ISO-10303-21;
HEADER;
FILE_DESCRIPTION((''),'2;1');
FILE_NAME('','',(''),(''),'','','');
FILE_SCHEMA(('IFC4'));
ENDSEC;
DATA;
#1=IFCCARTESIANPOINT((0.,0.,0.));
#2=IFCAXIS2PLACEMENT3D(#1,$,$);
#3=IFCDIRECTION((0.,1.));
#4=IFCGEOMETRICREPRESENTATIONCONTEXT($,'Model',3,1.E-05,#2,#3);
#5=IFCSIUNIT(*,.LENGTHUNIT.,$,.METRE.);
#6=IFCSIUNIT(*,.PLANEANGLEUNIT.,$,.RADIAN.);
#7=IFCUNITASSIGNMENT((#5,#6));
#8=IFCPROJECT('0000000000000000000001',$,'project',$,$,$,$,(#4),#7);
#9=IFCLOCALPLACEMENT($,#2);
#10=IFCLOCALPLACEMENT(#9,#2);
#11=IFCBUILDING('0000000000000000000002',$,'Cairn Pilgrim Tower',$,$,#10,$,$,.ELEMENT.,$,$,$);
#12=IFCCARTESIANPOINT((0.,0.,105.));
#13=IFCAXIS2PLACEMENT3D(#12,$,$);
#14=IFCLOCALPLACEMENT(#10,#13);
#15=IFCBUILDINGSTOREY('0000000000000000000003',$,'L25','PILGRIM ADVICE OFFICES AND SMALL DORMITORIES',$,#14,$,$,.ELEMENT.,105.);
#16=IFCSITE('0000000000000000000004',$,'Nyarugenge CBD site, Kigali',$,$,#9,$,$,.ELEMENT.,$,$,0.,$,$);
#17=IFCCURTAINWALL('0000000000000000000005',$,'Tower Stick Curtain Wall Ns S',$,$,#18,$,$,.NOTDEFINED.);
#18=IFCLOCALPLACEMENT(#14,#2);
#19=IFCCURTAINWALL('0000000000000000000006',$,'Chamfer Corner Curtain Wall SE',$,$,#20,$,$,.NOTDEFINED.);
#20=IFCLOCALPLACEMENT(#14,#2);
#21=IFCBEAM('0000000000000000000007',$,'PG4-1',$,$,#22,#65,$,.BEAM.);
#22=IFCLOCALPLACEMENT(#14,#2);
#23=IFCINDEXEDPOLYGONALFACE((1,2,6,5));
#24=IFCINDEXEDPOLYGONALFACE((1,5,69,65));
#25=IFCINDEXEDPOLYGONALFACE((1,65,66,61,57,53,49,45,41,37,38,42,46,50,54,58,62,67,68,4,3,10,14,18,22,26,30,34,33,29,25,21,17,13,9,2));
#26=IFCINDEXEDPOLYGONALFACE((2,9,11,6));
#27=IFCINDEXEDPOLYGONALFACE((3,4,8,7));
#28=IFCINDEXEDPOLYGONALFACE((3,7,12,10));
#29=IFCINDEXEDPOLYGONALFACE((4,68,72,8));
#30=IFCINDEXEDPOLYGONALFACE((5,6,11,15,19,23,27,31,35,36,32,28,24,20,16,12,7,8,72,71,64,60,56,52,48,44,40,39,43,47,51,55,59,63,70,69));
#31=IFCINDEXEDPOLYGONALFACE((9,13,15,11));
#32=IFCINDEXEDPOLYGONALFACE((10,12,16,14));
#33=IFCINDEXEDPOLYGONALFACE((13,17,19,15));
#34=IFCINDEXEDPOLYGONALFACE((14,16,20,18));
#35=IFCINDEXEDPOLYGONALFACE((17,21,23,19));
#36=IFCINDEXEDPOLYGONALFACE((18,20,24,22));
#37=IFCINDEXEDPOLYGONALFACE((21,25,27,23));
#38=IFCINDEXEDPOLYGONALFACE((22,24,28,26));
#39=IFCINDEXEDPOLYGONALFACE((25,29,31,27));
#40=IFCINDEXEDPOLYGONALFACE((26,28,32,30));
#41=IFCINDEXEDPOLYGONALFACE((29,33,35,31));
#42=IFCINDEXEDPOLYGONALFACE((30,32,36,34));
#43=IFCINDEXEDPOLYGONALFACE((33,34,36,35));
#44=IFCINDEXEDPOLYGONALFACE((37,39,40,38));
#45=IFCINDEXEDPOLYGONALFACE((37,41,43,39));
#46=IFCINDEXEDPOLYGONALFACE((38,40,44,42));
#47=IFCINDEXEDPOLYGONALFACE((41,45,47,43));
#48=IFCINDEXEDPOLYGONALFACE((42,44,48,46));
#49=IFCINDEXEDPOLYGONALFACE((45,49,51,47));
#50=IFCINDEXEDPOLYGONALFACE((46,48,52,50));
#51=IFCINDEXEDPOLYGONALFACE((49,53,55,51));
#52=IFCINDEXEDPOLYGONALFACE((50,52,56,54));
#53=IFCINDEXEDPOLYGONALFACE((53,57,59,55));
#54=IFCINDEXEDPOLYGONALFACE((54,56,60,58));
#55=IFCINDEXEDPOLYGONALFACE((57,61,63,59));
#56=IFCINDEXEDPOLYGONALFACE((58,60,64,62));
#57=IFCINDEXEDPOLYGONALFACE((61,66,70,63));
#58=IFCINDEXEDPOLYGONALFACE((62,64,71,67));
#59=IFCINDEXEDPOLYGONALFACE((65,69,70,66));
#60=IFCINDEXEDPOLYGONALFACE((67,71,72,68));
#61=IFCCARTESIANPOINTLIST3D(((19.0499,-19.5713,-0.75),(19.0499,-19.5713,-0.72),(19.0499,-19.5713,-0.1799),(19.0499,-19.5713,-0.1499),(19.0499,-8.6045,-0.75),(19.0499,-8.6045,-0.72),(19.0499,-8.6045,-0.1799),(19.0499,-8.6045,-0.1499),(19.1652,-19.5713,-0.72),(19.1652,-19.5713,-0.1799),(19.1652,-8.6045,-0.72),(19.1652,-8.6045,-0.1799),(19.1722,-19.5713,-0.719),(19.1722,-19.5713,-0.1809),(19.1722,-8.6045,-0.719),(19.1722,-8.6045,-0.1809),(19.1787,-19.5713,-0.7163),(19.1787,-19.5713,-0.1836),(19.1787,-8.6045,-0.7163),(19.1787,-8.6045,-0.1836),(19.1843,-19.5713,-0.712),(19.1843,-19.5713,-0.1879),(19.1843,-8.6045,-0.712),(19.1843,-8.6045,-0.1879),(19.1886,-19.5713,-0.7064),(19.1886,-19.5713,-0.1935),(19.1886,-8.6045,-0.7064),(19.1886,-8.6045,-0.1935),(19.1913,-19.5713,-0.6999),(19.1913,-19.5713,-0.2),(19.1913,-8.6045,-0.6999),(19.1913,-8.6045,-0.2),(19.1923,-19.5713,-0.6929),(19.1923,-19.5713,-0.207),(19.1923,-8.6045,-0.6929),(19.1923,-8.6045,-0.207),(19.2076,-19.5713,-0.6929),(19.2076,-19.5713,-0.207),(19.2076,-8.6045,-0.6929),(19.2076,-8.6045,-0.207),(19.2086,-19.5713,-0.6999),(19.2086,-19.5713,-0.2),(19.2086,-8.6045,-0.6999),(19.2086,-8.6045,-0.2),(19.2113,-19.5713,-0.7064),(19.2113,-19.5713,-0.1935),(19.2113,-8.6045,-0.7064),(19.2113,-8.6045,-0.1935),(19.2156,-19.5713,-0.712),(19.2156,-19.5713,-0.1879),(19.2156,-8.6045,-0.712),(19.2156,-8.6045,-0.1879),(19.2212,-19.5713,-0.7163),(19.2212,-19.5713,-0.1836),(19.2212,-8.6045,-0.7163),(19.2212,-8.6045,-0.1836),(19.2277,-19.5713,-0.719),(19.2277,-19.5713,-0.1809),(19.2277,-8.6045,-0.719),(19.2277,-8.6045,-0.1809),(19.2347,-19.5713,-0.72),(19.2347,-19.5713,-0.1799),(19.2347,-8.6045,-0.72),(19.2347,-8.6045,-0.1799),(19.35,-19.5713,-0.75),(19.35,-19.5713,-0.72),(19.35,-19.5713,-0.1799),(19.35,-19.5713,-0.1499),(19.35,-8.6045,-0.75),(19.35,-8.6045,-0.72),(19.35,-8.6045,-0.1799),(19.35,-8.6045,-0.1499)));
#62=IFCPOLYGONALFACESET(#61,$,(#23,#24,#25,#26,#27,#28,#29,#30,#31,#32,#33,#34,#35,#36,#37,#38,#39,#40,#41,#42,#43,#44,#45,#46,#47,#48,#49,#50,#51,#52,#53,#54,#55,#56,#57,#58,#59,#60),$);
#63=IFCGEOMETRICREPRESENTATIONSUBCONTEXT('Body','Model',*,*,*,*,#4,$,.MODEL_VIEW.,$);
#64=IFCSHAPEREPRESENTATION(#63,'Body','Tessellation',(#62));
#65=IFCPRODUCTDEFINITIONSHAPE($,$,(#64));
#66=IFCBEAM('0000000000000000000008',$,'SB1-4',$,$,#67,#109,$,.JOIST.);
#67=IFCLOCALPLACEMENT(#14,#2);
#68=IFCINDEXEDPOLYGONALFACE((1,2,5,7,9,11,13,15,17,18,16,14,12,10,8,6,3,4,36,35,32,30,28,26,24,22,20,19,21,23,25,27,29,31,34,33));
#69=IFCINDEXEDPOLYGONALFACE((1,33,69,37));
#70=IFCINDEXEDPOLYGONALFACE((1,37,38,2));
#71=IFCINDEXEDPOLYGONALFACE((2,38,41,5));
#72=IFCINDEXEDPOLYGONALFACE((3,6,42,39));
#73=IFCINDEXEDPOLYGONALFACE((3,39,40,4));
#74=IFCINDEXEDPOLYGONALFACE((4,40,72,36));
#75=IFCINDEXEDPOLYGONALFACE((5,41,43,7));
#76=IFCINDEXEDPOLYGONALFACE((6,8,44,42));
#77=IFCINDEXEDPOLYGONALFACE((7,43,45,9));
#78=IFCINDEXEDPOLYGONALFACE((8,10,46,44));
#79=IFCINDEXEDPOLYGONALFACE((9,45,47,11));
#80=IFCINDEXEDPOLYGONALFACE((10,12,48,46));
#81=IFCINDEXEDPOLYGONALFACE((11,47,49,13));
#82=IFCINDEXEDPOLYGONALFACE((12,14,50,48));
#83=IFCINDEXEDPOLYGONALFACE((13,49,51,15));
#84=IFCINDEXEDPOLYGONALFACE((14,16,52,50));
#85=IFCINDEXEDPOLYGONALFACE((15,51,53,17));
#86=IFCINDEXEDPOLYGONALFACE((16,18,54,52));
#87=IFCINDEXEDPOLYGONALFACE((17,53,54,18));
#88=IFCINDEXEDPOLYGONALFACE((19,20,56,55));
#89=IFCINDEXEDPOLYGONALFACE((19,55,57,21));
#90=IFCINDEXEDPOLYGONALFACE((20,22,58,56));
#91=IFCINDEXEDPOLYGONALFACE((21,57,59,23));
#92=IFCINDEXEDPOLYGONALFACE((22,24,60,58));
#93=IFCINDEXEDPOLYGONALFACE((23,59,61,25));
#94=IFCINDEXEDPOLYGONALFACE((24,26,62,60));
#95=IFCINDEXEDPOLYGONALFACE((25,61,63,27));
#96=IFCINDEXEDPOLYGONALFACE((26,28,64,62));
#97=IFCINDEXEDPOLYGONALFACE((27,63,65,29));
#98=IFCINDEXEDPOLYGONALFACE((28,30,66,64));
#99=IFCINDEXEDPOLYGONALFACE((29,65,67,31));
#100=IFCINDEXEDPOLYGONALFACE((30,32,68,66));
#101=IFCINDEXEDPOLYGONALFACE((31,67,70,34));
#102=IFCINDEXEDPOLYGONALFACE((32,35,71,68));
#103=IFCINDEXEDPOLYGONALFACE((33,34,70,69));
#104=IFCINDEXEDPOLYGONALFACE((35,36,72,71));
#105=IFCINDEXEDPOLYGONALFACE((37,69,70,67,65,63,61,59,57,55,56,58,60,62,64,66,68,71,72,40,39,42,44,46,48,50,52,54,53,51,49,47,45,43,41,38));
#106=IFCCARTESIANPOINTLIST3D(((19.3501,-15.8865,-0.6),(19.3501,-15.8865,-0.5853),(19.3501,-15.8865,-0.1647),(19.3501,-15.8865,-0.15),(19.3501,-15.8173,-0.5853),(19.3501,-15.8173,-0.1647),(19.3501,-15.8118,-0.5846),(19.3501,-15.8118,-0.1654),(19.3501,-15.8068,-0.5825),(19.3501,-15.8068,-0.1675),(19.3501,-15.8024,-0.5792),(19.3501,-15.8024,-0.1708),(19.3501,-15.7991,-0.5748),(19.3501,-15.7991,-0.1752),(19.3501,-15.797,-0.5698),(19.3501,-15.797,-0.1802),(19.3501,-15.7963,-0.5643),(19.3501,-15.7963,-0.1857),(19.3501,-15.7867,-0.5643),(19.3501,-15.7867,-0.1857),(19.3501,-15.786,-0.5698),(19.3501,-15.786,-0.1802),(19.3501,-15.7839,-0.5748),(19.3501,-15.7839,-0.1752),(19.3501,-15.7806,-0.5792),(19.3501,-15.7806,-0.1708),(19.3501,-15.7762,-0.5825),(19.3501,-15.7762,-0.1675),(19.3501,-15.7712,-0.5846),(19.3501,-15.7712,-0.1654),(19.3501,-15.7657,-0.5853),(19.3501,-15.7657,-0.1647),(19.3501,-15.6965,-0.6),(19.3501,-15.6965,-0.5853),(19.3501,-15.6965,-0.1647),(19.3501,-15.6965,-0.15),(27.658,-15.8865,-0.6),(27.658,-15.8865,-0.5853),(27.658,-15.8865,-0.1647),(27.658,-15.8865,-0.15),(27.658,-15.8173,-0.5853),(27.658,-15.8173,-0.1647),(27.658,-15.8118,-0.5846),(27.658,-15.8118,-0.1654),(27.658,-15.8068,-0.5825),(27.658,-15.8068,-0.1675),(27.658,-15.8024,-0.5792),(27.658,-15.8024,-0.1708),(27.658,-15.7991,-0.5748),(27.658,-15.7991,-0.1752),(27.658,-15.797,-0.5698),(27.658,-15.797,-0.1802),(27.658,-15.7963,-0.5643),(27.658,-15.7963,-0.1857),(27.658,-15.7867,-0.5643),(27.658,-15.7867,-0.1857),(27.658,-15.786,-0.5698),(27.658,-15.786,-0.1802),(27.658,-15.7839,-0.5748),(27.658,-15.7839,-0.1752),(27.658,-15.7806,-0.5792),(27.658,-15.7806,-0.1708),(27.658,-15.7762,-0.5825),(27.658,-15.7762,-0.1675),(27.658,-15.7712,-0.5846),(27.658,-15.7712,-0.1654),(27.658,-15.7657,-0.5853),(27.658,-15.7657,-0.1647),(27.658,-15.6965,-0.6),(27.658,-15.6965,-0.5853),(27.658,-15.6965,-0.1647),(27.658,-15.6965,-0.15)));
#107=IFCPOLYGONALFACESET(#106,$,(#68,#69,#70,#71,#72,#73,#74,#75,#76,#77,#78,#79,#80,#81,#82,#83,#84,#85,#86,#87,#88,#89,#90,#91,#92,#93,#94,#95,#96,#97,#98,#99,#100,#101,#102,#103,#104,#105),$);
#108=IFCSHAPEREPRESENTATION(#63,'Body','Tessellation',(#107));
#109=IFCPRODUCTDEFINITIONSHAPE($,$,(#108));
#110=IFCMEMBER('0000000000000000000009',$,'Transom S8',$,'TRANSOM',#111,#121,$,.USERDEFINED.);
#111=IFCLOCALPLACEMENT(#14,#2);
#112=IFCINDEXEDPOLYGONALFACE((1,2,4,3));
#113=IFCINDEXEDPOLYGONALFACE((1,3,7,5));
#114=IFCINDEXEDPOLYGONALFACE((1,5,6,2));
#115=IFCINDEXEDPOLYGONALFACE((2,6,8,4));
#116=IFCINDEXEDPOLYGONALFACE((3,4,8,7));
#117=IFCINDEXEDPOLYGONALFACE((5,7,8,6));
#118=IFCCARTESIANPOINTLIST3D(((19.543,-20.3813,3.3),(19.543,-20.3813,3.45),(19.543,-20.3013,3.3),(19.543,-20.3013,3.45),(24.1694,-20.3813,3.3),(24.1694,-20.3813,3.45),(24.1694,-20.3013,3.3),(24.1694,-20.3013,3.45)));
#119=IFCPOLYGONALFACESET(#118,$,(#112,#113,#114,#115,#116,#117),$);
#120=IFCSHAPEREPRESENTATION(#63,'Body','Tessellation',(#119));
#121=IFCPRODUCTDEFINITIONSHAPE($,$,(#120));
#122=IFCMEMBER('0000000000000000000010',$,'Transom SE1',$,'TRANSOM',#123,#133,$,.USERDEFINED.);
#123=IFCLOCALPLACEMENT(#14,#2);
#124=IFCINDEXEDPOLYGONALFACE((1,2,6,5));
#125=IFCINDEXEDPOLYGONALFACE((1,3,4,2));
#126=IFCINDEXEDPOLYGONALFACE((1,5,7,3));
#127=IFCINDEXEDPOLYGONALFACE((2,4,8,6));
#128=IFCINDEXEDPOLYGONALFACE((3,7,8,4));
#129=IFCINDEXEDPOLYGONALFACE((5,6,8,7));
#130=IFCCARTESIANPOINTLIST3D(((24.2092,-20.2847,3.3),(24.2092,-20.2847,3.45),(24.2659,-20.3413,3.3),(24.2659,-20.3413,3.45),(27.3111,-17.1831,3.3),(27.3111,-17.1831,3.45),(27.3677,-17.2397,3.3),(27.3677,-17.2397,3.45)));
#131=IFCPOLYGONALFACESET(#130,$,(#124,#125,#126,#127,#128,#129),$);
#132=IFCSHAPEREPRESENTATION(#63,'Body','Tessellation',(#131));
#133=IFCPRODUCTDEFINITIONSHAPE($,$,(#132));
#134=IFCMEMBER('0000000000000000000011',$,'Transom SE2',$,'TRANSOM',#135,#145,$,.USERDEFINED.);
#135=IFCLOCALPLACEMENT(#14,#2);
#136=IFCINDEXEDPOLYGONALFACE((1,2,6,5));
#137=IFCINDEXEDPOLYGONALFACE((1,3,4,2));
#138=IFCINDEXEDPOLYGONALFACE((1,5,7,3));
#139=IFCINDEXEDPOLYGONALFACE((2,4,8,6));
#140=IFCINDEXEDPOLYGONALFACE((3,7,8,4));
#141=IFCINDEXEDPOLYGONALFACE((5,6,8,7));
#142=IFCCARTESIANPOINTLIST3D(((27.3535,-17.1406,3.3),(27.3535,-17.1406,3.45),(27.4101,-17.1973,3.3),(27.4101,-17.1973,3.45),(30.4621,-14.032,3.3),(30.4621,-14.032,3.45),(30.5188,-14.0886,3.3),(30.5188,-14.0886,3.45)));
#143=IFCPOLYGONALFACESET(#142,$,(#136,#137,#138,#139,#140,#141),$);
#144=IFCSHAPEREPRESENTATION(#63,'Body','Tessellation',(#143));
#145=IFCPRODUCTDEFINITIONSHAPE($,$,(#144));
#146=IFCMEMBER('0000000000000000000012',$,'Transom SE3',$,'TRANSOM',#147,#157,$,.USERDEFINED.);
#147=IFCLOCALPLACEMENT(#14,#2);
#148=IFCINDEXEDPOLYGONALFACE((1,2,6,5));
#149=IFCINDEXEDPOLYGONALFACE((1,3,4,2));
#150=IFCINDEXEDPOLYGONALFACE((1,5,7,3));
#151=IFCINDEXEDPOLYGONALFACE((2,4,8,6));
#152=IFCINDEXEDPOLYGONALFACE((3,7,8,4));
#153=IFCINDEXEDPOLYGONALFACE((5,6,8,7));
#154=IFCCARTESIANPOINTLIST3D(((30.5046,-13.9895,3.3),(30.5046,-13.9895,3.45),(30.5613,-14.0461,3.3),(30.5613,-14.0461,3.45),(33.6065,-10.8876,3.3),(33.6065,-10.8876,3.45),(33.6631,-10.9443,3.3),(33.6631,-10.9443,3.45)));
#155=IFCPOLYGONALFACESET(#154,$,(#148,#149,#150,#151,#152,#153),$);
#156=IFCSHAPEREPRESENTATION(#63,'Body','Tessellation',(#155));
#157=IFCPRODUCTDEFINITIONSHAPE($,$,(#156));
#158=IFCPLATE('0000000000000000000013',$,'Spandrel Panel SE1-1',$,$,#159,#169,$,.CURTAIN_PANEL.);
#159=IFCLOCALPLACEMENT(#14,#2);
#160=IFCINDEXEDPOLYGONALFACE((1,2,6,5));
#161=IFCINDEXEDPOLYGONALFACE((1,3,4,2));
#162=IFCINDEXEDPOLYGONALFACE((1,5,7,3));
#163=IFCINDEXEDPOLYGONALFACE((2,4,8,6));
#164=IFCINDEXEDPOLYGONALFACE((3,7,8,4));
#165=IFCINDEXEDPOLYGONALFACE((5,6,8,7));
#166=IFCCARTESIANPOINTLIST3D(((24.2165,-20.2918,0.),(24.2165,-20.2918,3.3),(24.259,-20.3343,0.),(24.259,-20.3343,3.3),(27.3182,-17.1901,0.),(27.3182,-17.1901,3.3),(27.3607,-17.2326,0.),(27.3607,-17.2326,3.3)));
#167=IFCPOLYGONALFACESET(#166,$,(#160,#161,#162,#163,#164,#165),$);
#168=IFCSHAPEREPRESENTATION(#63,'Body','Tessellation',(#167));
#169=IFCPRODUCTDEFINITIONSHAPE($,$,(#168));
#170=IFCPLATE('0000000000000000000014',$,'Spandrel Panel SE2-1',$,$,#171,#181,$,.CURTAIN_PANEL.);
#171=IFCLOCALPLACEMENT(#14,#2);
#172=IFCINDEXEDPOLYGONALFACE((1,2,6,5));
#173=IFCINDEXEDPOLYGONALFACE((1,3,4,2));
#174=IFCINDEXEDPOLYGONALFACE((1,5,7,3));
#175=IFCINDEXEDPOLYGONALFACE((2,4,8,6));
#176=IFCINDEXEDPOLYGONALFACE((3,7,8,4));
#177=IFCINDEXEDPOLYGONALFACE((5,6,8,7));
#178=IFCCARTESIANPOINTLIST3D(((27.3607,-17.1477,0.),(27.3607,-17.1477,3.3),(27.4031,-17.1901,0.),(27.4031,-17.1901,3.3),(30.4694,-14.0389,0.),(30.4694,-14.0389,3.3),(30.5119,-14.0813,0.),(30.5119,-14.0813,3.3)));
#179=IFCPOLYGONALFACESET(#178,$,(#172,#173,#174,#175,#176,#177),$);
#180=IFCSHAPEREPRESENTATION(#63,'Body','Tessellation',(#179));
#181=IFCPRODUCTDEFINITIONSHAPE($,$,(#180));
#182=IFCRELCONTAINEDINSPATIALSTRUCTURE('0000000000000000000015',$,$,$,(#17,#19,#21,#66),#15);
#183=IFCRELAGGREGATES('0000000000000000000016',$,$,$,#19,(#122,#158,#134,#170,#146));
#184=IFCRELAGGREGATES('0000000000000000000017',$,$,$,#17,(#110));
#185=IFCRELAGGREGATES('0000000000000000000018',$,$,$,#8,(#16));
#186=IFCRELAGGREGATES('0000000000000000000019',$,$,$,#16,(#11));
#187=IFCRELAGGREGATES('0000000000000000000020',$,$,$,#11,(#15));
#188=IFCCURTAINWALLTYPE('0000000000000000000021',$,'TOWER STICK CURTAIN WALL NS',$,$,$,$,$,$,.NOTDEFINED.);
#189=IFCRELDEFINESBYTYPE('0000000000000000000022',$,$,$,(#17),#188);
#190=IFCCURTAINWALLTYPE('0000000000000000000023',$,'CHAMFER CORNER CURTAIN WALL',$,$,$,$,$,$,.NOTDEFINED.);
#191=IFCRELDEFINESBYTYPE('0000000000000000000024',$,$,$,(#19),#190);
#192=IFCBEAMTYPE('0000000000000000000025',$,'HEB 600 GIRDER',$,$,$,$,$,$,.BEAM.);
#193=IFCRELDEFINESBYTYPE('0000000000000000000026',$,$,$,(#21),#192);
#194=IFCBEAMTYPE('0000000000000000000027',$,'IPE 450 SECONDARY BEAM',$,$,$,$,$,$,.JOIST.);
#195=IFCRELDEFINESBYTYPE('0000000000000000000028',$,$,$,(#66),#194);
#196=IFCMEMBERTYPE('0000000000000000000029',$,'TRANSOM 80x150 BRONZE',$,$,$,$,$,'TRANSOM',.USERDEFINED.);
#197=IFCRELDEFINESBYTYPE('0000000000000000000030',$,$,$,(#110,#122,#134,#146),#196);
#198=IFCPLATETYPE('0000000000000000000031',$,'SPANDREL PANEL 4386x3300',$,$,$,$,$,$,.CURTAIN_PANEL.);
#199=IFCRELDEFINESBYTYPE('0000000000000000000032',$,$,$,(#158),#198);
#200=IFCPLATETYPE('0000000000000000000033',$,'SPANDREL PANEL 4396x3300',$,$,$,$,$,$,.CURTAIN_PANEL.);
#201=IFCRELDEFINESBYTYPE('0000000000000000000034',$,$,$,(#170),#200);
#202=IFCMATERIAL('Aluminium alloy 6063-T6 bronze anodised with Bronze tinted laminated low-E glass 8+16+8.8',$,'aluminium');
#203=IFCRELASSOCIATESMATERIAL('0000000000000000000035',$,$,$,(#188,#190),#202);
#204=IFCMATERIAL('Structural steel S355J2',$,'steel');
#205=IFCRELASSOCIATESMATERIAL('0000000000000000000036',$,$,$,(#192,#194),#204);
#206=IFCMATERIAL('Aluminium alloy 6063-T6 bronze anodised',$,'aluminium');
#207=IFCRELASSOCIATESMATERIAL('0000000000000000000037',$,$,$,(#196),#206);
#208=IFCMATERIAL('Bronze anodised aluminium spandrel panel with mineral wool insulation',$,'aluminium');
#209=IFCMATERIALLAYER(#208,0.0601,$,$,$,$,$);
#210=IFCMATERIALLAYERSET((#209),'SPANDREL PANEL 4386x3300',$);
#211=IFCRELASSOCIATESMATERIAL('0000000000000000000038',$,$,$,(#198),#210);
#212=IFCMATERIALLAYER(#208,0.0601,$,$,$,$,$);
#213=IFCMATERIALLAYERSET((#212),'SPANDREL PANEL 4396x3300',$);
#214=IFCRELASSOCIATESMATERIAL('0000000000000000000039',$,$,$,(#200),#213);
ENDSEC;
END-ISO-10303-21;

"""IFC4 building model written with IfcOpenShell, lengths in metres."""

from ifc_helpers import new_model, si_unit, direction, frame, origin, origin_2d, place, context, subcontext, project, spatial, rectangle, i_section, extrude, material, layer, layer_set, material_profile, profile_set, type_object, element, aggregate, save


model = new_model("IFC4")

# Units and contexts
model_context = context("Model", 3, precision=1e-05, world=origin(), true_north=direction((0.0, 1.0)))
body_context = subcontext(model_context, "Body", "Model", "MODEL_VIEW")
ifc_project = project(units=[si_unit("LENGTHUNIT", "METRE"), si_unit("PLANEANGLEUNIT", "RADIAN")], contexts=[model_context])

# Site, building, storey
site_placement = place(None, origin())
site = spatial("IfcSite", under=ifc_project, at=site_placement, Name="Nyarugenge CBD site, Kigali", CompositionType="ELEMENT", RefElevation=0.0)
building_placement = place(site_placement, origin())
building = spatial("IfcBuilding", under=site, at=building_placement, Name="Cairn Pilgrim Tower", CompositionType="ELEMENT")
storey_placement = place(building_placement, frame((0.0, 0.0, 105.0)))
storey = spatial("IfcBuildingStorey", under=building, at=storey_placement, Name="L25", Description="PILGRIM ADVICE OFFICES AND SMALL DORMITORIES", CompositionType="ELEMENT", Elevation=105.0)

# Shared definitions
ifc_material_1 = material(Name="Structural steel S355J2", Category="steel")

# Curtain wall
ifc_material_2 = material(Name="Aluminium alloy 6063-T6 bronze anodised with Bronze tinted laminated low-E glass 8+16+8.8", Category="aluminium")
curtain_wall_type_1 = type_object("IfcCurtainWallType", Name="TOWER STICK CURTAIN WALL NS", PredefinedType="NOTDEFINED", material=ifc_material_2)
curtain_wall_1_placement = place(storey_placement, origin())
curtain_wall_1 = element("IfcCurtainWall", 1, at=curtain_wall_1_placement, inside=storey, type_object=curtain_wall_type_1, Name="Tower Stick Curtain Wall Ns S", PredefinedType="NOTDEFINED")
ifc_material_3 = material(Name="Aluminium alloy 6063-T6 bronze anodised", Category="aluminium")

# Curtain wall
curtain_wall_type_2 = type_object("IfcCurtainWallType", Name="CHAMFER CORNER CURTAIN WALL", PredefinedType="NOTDEFINED", material=ifc_material_2)
curtain_wall_2_placement = place(storey_placement, origin())
curtain_wall_2 = element("IfcCurtainWall", 2, at=curtain_wall_2_placement, inside=storey, type_object=curtain_wall_type_2, Name="Chamfer Corner Curtain Wall SE", PredefinedType="NOTDEFINED")

# Beams
ifc_material_profile_1 = material_profile(ifc_material_1, i_section(OverallWidth=0.3, OverallDepth=0.6001, WebThickness=0.0154, FlangeThickness=0.03, FilletRadius=0.0271, at=origin_2d()), Name="HEB 600")
ifc_profile_set_1 = profile_set([ifc_material_profile_1], Name="Structural steel S355J2")
beam_type_1 = type_object("IfcBeamType", Name="HEB 600 GIRDER", PredefinedType="BEAM", material=ifc_profile_set_1)
beam_1_placement = place(storey_placement, frame((19.2, -19.5713, -0.45), z_axis=(0.0, 1.0, 0.0), x_axis=(-1.0, 0.0, 0.0)))
element("IfcBeam", 3, at=beam_1_placement, inside=storey, type_object=beam_type_1, Name="PG4-1", PredefinedType="BEAM", context=body_context, shape_type="SweptSolid", body=[
    extrude(i_section(OverallWidth=0.3, OverallDepth=0.6001, WebThickness=0.0154, FlangeThickness=0.03, FilletRadius=0.0271, at=origin_2d()), origin(), (0.0, 0.0, 1.0), 10.9668),
])
ifc_material_profile_2 = material_profile(ifc_material_1, i_section(OverallWidth=0.1899, OverallDepth=0.45, WebThickness=0.0095, FlangeThickness=0.0146, FilletRadius=0.021, at=origin_2d()), Name="IPE 450")
ifc_profile_set_2 = profile_set([ifc_material_profile_2], Name="Structural steel S355J2")
beam_type_2 = type_object("IfcBeamType", Name="IPE 450 SECONDARY BEAM", PredefinedType="JOIST", material=ifc_profile_set_2)
beam_2_placement = place(storey_placement, frame((19.3501, -15.7915, -0.375), z_axis=(1.0, 0.0, 0.0), x_axis=(0.0, 1.0, 0.0)))
element("IfcBeam", 4, at=beam_2_placement, inside=storey, type_object=beam_type_2, Name="SB1-4", PredefinedType="JOIST", context=body_context, shape_type="SweptSolid", body=[
    extrude(i_section(OverallWidth=0.1899, OverallDepth=0.45, WebThickness=0.0095, FlangeThickness=0.0146, FilletRadius=0.021, at=origin_2d()), origin(), (0.0, 0.0, 1.0), 8.3079),
])

# Members
ifc_material_profile_3 = material_profile(ifc_material_3, rectangle(XDim=0.0801, YDim=0.1499, at=origin_2d()), Name="TRANSOM 80x150 BRONZE")
ifc_profile_set_3 = profile_set([ifc_material_profile_3], Name="Aluminium alloy 6063-T6 bronze anodised")
member_type_1 = type_object("IfcMemberType", Name="TRANSOM 80x150 BRONZE", ElementType="TRANSOM", PredefinedType="USERDEFINED", material=ifc_profile_set_3)
member_1_placement = place(storey_placement, frame((19.543, -20.3413, 3.375), z_axis=(1.0, 0.0, 0.0), x_axis=(0.0, 1.0, 0.0)))
member_1 = element("IfcMember", 5, at=member_1_placement, type_object=member_type_1, Name="Transom S8", ObjectType="TRANSOM", PredefinedType="USERDEFINED", context=body_context, shape_type="SweptSolid", body=[
    extrude(rectangle(XDim=0.0801, YDim=0.1499, at=origin_2d()), origin(), (0.0, 0.0, 1.0), 4.6265),
])
member_2_placement = place(storey_placement, frame((24.2375, -20.313, 3.375), z_axis=(0.707135, 0.707079, 0.0), x_axis=(-0.707079, 0.707135, 0.0)))
member_2 = element("IfcMember", 6, at=member_2_placement, type_object=member_type_1, Name="Transom SE1", ObjectType="TRANSOM", PredefinedType="USERDEFINED", context=body_context, shape_type="SweptSolid", body=[
    extrude(rectangle(XDim=0.0801, YDim=0.1499, at=origin_2d()), origin(), (0.0, 0.0, 1.0), 4.3865),
])
member_3_placement = place(storey_placement, frame((27.3818, -17.1689, 3.375), z_axis=(0.707107, 0.707107, 0.0), x_axis=(-0.707107, 0.707107, 0.0)))
member_3 = element("IfcMember", 7, at=member_3_placement, type_object=member_type_1, Name="Transom SE2", ObjectType="TRANSOM", PredefinedType="USERDEFINED", context=body_context, shape_type="SweptSolid", body=[
    extrude(rectangle(XDim=0.0801, YDim=0.1499, at=origin_2d()), origin(), (0.0, 0.0, 1.0), 4.3962),
])
member_4_placement = place(storey_placement, frame((30.533, -14.0178, 3.375), z_axis=(0.707107, 0.707107, 0.0), x_axis=(-0.707107, 0.707107, 0.0)))
member_4 = element("IfcMember", 8, at=member_4_placement, type_object=member_type_1, Name="Transom SE3", ObjectType="TRANSOM", PredefinedType="USERDEFINED", context=body_context, shape_type="SweptSolid", body=[
    extrude(rectangle(XDim=0.0801, YDim=0.1499, at=origin_2d()), origin(), (0.0, 0.0, 1.0), 4.3867),
])

# Plates
ifc_material_4 = material(Name="Bronze anodised aluminium spandrel panel with mineral wool insulation", Category="aluminium")
ifc_layer_1 = layer(ifc_material_4, 0.0601)
ifc_layer_set_1 = layer_set([ifc_layer_1], Name="SPANDREL PANEL 4386x3300")
plate_type_1 = type_object("IfcPlateType", Name="SPANDREL PANEL 4386x3300", PredefinedType="CURTAIN_PANEL", material=ifc_layer_set_1)
plate_1_placement = place(storey_placement, frame((25.7886, -18.7622, 0.0), z_axis=(0.0, 0.0, 1.0), x_axis=(0.707107, 0.707107, 0.0)))
plate_1 = element("IfcPlate", 9, at=plate_1_placement, type_object=plate_type_1, Name="Spandrel Panel SE1-1", PredefinedType="CURTAIN_PANEL", context=body_context, shape_type="SweptSolid", body=[
    extrude(rectangle(XDim=4.3865, YDim=0.0601, at=origin_2d()), origin(), (0.0, 0.0, 1.0), 3.3),
])
ifc_layer_2 = layer(ifc_material_4, 0.0601)
ifc_layer_set_2 = layer_set([ifc_layer_2], Name="SPANDREL PANEL 4396x3300")
plate_type_2 = type_object("IfcPlateType", Name="SPANDREL PANEL 4396x3300", PredefinedType="CURTAIN_PANEL", material=ifc_layer_set_2)
plate_2_placement = place(storey_placement, frame((28.9363, -15.6145, 0.0), z_axis=(0.0, 0.0, 1.0), x_axis=(0.707107, 0.707107, 0.0)))
plate_2 = element("IfcPlate", 10, at=plate_2_placement, type_object=plate_type_2, Name="Spandrel Panel SE2-1", PredefinedType="CURTAIN_PANEL", context=body_context, shape_type="SweptSolid", body=[
    extrude(rectangle(XDim=4.3965, YDim=0.0601, at=origin_2d()), origin(), (0.0, 0.0, 1.0), 3.3),
])
aggregate(curtain_wall_2, [member_2, plate_1, member_3, plate_2, member_4])
aggregate(curtain_wall_1, [member_1])

save(model, "model.ifc")
